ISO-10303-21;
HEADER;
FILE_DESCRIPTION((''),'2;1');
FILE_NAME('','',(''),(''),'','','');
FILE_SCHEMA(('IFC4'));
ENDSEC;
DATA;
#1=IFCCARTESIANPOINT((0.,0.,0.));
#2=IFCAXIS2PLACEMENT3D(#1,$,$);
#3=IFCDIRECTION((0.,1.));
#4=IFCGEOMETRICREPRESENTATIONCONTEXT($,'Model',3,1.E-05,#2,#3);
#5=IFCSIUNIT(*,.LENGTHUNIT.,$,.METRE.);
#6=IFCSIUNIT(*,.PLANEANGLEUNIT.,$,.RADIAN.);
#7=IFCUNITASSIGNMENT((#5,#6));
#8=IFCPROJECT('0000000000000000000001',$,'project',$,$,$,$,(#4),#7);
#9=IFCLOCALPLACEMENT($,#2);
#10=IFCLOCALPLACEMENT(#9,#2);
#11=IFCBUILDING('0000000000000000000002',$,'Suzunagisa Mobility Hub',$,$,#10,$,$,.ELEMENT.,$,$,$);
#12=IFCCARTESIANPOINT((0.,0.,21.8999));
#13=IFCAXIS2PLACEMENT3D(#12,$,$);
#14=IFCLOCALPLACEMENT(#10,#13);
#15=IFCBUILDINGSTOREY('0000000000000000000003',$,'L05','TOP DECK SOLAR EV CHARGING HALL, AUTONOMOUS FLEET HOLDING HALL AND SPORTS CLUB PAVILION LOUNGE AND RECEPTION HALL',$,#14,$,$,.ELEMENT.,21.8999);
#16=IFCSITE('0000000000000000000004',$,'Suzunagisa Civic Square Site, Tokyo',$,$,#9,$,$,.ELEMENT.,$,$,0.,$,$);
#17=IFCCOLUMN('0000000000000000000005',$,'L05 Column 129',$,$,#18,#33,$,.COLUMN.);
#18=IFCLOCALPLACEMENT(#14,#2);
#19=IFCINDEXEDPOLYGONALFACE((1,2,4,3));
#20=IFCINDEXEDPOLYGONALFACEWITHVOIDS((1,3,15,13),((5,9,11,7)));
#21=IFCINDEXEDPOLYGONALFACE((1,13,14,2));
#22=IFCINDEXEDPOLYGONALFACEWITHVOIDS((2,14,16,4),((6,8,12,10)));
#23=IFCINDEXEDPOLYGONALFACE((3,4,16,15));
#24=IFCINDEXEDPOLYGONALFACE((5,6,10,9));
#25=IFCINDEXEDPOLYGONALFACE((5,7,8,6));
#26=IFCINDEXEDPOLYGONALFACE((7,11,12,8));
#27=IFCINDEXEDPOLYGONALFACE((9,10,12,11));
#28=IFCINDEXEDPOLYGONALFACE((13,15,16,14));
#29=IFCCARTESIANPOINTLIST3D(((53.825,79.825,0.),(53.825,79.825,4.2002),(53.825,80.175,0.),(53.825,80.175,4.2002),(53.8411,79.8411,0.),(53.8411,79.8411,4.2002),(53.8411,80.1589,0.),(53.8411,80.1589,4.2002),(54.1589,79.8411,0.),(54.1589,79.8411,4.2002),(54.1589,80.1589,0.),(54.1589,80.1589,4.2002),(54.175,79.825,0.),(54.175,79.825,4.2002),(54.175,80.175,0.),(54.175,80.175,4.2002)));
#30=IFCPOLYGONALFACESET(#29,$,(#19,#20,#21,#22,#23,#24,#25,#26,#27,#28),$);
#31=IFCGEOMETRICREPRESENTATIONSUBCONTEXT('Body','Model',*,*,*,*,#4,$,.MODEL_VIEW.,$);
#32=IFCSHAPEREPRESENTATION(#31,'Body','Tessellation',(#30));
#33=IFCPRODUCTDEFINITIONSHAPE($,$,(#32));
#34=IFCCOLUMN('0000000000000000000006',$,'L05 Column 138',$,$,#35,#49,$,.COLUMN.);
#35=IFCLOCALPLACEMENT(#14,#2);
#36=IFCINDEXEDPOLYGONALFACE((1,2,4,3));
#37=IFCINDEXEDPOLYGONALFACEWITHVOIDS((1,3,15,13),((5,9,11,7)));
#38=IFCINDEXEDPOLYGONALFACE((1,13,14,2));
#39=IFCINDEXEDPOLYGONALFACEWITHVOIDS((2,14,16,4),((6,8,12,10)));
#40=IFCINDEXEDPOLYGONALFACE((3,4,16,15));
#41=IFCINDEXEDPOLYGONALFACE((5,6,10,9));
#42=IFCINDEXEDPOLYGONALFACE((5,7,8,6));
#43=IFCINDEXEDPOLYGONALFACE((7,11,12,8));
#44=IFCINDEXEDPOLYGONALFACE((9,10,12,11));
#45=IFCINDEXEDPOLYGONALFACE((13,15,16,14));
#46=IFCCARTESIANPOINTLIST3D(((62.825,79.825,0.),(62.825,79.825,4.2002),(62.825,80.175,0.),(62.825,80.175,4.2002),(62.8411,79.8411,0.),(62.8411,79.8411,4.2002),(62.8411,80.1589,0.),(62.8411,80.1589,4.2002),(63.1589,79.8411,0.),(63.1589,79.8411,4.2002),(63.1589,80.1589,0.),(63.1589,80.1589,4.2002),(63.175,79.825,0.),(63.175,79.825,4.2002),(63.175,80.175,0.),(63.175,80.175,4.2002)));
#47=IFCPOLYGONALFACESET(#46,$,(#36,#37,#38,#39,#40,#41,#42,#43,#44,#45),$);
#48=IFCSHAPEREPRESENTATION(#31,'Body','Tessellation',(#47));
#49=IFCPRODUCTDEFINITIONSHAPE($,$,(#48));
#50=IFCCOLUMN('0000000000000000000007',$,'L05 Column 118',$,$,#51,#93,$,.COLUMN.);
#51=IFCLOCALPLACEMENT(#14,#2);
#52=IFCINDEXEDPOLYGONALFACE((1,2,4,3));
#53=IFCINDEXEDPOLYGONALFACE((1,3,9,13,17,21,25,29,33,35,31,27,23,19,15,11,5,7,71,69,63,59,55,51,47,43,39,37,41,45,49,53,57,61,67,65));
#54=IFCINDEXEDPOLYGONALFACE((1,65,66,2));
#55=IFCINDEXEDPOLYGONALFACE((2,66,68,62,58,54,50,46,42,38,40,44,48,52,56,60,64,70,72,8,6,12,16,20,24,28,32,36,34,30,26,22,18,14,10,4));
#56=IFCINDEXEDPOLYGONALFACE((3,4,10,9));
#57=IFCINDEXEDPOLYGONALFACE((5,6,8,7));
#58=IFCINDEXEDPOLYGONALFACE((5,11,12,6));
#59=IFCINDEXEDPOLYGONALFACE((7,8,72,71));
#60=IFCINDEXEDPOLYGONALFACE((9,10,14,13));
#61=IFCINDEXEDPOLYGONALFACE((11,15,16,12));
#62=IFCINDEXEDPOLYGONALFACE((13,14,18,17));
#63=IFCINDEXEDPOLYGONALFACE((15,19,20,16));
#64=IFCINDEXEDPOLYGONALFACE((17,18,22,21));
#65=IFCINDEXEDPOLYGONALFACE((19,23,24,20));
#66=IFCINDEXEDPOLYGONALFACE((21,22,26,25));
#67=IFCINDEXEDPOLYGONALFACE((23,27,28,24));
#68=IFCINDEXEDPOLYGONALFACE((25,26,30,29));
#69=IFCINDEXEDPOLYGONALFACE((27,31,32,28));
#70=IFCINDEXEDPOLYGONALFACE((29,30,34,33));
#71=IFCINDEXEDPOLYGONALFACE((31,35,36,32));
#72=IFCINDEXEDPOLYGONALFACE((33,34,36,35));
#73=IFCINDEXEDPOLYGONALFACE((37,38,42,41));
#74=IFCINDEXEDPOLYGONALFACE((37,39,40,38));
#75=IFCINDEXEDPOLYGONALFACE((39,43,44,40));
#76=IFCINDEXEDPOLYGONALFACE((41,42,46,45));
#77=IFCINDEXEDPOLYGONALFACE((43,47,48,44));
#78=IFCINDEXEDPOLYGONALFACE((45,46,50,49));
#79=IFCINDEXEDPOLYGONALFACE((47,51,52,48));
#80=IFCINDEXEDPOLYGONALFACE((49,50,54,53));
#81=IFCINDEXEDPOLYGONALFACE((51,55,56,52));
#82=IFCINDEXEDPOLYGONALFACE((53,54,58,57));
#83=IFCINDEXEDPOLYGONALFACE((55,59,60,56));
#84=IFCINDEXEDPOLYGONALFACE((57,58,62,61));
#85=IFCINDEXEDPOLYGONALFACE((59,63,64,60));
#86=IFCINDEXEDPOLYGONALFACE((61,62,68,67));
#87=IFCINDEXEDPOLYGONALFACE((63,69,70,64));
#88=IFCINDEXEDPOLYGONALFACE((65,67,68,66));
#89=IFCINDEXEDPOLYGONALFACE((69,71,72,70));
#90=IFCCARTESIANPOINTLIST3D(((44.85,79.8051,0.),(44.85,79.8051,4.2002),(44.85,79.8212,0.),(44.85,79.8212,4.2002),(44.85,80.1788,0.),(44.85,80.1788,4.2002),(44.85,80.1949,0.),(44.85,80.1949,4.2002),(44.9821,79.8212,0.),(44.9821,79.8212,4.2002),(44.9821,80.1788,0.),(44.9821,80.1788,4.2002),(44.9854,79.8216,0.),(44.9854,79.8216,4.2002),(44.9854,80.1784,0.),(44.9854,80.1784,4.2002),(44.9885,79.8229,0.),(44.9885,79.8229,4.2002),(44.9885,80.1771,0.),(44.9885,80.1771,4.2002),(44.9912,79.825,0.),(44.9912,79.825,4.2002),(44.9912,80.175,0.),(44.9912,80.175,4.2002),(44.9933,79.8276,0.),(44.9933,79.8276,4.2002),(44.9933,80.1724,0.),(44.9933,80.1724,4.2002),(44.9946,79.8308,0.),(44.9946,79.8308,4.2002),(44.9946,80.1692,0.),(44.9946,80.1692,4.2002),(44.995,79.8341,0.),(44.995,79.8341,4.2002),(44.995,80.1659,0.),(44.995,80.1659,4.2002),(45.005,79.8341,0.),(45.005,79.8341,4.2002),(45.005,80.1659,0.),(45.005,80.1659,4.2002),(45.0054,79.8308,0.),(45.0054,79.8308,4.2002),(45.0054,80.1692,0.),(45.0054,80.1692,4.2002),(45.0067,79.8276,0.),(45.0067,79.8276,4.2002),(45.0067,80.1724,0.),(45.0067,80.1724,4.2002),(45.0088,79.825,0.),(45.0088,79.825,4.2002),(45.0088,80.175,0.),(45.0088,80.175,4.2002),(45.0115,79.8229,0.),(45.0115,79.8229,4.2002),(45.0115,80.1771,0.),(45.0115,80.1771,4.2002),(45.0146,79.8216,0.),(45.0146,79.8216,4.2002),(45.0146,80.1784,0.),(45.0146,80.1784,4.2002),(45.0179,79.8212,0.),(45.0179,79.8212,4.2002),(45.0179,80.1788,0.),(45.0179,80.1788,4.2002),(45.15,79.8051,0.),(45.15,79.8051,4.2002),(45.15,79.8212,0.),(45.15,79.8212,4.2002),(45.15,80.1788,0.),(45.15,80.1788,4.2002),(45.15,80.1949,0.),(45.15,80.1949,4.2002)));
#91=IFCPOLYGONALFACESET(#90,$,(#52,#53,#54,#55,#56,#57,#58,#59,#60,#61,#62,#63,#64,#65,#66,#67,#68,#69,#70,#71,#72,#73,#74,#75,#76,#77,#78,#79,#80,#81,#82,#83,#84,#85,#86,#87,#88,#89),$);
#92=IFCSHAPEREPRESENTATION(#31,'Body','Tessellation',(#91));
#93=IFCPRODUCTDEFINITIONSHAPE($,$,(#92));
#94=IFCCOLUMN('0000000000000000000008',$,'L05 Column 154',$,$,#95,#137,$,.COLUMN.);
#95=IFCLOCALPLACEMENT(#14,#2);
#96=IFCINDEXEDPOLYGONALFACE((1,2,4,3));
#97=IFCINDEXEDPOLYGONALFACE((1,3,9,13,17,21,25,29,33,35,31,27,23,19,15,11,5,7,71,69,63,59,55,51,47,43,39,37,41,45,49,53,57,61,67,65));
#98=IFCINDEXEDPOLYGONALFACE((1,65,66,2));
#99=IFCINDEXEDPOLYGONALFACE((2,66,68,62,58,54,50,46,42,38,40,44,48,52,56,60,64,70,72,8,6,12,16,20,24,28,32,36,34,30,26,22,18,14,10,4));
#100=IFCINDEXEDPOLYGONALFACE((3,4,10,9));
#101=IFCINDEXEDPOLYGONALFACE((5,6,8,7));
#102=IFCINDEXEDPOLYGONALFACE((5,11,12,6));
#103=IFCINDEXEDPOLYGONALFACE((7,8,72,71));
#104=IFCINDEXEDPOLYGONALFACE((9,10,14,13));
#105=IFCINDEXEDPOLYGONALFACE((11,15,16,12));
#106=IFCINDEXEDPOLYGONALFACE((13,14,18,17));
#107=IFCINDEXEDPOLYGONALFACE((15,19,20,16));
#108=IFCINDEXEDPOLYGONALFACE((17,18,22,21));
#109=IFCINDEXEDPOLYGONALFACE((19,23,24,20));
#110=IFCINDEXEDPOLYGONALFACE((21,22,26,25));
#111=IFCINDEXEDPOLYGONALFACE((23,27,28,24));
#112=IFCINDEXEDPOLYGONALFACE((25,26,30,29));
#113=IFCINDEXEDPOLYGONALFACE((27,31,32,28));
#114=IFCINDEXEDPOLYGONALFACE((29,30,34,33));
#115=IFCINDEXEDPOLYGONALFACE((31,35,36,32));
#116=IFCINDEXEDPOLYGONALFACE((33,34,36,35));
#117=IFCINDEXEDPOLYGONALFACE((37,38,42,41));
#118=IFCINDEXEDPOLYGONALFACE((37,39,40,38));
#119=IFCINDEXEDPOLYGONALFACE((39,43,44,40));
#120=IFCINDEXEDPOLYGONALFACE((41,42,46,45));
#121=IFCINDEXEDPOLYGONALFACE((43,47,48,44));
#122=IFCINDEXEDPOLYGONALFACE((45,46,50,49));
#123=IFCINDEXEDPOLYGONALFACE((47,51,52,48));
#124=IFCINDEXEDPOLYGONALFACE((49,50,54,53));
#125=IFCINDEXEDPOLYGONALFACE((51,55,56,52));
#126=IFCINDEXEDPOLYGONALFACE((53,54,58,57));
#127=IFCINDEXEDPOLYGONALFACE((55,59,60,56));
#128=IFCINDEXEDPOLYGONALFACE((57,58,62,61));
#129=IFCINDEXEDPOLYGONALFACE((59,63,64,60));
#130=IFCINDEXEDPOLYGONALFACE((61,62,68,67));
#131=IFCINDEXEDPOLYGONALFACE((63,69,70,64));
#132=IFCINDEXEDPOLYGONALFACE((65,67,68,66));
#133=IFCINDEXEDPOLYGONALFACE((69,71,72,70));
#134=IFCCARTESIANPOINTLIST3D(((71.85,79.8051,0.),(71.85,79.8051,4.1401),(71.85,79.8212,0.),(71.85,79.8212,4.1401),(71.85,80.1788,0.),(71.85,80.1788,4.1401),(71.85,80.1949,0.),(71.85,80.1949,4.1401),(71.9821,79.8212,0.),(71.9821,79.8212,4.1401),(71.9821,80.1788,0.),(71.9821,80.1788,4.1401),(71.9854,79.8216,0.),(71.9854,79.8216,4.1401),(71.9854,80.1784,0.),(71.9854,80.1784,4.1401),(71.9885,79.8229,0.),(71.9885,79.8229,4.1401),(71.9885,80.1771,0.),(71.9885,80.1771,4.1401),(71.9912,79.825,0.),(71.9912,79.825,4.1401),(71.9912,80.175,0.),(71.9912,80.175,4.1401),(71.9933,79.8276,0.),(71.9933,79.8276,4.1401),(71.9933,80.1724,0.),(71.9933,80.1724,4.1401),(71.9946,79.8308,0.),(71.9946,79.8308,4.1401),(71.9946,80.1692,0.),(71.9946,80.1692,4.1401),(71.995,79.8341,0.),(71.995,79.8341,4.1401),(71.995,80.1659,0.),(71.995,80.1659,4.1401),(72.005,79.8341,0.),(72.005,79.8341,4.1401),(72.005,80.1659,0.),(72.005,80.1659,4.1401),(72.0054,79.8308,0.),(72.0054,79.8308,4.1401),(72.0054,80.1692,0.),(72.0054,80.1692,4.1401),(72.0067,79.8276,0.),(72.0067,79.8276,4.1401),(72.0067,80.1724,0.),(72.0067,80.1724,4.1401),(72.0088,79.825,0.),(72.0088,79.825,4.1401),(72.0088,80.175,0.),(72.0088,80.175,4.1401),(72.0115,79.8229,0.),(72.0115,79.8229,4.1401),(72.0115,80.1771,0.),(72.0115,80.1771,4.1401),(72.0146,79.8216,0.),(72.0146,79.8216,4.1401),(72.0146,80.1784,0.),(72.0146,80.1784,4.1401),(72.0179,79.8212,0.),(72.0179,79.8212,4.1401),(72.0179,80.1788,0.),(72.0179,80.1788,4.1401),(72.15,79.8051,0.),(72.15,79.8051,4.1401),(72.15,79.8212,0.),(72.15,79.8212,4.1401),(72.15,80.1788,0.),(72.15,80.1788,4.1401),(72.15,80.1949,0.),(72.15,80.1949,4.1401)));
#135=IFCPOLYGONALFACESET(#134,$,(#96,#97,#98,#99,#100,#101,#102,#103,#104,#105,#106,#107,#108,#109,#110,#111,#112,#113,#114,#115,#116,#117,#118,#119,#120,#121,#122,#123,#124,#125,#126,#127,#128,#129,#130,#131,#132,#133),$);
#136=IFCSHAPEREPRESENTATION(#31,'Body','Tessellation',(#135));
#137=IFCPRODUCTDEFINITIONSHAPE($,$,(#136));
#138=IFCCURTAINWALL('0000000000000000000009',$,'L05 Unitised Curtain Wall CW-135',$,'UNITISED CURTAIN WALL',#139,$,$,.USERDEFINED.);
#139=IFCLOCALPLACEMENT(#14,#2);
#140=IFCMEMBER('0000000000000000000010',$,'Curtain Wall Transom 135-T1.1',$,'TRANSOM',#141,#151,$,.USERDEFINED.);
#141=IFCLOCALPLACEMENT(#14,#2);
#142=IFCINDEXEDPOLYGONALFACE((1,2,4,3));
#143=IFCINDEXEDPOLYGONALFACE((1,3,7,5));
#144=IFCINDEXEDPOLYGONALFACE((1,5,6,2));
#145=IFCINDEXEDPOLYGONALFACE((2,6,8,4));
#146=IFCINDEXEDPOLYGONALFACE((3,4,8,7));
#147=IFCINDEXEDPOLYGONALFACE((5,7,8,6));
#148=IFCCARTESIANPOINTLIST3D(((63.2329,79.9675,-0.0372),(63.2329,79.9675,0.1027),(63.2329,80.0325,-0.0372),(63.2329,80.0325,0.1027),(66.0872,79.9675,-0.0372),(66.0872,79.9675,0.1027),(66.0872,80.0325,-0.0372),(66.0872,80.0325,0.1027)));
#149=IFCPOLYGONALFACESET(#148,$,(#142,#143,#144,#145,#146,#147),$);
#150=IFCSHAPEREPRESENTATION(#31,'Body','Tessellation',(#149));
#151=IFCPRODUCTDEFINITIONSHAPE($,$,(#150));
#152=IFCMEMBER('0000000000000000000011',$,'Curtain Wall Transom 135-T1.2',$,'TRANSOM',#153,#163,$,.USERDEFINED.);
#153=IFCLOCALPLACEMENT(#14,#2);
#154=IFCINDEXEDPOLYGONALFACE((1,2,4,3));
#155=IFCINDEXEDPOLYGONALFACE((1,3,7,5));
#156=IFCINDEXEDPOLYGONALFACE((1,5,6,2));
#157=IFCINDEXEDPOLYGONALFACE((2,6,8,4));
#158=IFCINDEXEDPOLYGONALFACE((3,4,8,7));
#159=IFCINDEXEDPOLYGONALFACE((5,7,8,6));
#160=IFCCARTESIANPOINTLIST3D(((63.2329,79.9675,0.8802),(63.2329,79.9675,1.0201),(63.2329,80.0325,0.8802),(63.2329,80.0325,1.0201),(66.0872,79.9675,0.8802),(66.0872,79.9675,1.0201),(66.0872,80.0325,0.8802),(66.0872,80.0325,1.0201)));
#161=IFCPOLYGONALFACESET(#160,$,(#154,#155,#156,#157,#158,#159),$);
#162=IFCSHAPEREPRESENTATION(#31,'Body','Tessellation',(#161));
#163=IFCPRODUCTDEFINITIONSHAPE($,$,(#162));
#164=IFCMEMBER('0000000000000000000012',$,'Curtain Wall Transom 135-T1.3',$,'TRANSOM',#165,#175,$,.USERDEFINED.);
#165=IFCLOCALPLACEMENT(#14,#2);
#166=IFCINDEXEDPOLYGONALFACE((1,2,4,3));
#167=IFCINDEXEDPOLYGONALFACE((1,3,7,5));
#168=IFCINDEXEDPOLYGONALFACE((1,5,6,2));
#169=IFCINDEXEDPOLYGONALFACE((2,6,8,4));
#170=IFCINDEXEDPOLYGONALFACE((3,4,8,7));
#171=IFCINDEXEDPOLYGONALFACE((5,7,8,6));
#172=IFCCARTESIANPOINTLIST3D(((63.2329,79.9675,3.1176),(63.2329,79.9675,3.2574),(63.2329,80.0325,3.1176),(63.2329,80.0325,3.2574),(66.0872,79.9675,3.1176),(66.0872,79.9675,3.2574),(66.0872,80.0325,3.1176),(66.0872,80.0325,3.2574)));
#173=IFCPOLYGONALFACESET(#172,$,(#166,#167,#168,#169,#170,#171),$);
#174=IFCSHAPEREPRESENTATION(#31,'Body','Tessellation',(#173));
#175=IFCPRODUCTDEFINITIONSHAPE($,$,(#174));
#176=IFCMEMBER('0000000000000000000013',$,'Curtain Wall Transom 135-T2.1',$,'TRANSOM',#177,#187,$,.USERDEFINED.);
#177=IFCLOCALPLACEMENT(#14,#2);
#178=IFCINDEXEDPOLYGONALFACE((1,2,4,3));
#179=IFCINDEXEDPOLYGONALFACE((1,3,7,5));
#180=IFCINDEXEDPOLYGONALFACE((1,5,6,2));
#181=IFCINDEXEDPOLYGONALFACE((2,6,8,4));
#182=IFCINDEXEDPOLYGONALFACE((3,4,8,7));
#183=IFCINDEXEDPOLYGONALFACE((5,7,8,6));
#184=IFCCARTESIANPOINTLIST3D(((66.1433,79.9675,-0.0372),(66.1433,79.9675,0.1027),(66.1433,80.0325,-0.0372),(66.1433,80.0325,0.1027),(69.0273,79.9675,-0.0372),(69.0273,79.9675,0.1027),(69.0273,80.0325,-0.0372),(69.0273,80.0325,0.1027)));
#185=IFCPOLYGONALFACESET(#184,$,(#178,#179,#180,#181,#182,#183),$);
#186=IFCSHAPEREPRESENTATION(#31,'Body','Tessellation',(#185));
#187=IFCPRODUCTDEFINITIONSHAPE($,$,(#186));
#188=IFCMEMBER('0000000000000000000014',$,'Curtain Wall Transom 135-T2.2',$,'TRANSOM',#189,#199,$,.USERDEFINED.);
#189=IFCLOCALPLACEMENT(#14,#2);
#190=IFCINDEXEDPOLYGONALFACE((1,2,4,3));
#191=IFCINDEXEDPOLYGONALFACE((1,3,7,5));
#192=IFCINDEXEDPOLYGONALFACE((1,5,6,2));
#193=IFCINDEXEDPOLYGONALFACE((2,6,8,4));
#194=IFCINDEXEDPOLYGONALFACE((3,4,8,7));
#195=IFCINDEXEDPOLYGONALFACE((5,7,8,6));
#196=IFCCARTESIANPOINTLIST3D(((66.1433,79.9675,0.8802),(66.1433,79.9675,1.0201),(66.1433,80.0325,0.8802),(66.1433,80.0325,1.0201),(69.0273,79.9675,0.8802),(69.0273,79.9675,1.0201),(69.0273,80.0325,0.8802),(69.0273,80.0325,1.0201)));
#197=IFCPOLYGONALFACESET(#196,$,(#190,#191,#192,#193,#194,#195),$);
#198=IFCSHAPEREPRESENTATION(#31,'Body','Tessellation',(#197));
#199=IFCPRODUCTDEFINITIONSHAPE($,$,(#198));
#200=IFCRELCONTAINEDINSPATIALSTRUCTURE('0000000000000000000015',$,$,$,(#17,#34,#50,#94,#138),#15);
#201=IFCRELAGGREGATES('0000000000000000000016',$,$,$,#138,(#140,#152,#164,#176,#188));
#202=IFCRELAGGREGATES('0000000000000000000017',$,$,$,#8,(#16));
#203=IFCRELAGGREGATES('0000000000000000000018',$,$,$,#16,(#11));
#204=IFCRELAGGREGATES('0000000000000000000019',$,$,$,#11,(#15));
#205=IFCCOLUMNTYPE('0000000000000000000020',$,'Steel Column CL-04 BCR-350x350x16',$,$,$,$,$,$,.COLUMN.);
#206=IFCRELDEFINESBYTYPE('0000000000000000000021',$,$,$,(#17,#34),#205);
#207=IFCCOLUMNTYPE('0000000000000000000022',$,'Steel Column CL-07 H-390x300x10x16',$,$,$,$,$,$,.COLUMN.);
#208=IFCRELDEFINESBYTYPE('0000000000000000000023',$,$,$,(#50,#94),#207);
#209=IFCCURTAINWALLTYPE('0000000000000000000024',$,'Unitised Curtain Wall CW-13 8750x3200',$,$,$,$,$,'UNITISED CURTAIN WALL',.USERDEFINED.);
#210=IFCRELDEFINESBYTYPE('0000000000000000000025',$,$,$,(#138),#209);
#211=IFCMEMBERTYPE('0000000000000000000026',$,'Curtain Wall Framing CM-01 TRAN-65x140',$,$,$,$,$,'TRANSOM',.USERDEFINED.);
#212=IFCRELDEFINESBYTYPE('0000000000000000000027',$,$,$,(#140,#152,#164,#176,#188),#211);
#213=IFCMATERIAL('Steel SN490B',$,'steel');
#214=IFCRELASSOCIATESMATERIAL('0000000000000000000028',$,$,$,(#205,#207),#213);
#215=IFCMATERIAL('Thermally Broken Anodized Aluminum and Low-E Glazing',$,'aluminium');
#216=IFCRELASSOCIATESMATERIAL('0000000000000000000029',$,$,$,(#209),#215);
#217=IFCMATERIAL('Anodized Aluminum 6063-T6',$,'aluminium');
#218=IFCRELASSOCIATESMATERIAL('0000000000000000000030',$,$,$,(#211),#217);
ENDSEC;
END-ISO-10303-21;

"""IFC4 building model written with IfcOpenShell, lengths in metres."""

from ifc_helpers import new_model, si_unit, direction, frame, origin, origin_2d, place, context, subcontext, project, spatial, rectangle, hollow_rectangle, i_section, extrude, material, material_profile, profile_set, type_object, element, aggregate, save


model = new_model("IFC4")

# Units and contexts
model_context = context("Model", 3, precision=1e-05, world=origin(), true_north=direction((0.0, 1.0)))
body_context = subcontext(model_context, "Body", "Model", "MODEL_VIEW")
ifc_project = project(units=[si_unit("LENGTHUNIT", "METRE"), si_unit("PLANEANGLEUNIT", "RADIAN")], contexts=[model_context])

# Site, building, storey
site_placement = place(None, origin())
site = spatial("IfcSite", under=ifc_project, at=site_placement, Name="Suzunagisa Civic Square Site, Tokyo", CompositionType="ELEMENT", RefElevation=0.0)
building_placement = place(site_placement, origin())
building = spatial("IfcBuilding", under=site, at=building_placement, Name="Suzunagisa Mobility Hub", CompositionType="ELEMENT")
storey_placement = place(building_placement, frame((0.0, 0.0, 21.8999)))
storey = spatial("IfcBuildingStorey", under=building, at=storey_placement, Name="L05", Description="TOP DECK SOLAR EV CHARGING HALL, AUTONOMOUS FLEET HOLDING HALL AND SPORTS CLUB PAVILION LOUNGE AND RECEPTION HALL", CompositionType="ELEMENT", Elevation=21.8999)

# Columns
ifc_material_1 = material(Name="Steel SN490B", Category="steel")
ifc_material_profile_1 = material_profile(ifc_material_1, hollow_rectangle(XDim=0.3501, YDim=0.3501, WallThickness=0.0161, at=origin_2d()), Name="BCR-350x350x16")
ifc_profile_set_1 = profile_set([ifc_material_profile_1], Name="Steel SN490B")
column_type_1 = type_object("IfcColumnType", Name="Steel Column CL-04 BCR-350x350x16", PredefinedType="COLUMN", material=ifc_profile_set_1)
for number, where, z_axis, x_axis, name in (
    (1, (54.0, 80.0, 0.0), (0.0, 0.0, 1.0), (1.0, 0.0, 0.0), "L05 Column 129"),
    (2, (63.0, 80.0, 0.0), (0.0, 0.0, 1.0), (1.0, 0.0, 0.0), "L05 Column 138"),
):
    element("IfcColumn", number, at=place(storey_placement, frame(where, z_axis=z_axis, x_axis=x_axis)), inside=storey, type_object=column_type_1, Name=name, PredefinedType="COLUMN", context=body_context, shape_type="SweptSolid", body=[
        extrude(hollow_rectangle(XDim=0.3501, YDim=0.3501, WallThickness=0.0161, at=origin_2d()), origin(), (0.0, 0.0, 1.0), 4.2002),
    ])
ifc_material_profile_2 = material_profile(ifc_material_1, i_section(OverallWidth=0.3, OverallDepth=0.3899, WebThickness=0.01, FlangeThickness=0.0161, FilletRadius=0.0129, at=origin_2d()), Name="H-390x300x10x16")
ifc_profile_set_2 = profile_set([ifc_material_profile_2], Name="Steel SN490B")
column_type_2 = type_object("IfcColumnType", Name="Steel Column CL-07 H-390x300x10x16", PredefinedType="COLUMN", material=ifc_profile_set_2)
column_1_placement = place(storey_placement, frame((45.0, 80.0, 0.0), z_axis=(0.0, 0.0, 1.0), x_axis=(1.0, 0.0, 0.0)))
element("IfcColumn", 3, at=column_1_placement, inside=storey, type_object=column_type_2, Name="L05 Column 118", PredefinedType="COLUMN", context=body_context, shape_type="SweptSolid", body=[
    extrude(i_section(OverallWidth=0.3, OverallDepth=0.3899, WebThickness=0.01, FlangeThickness=0.0161, FilletRadius=0.0129, at=origin_2d()), origin(), (0.0, 0.0, 1.0), 4.2002),
])
column_2_placement = place(storey_placement, frame((72.0, 80.0, 0.0), z_axis=(0.0, 0.0, 1.0), x_axis=(1.0, 0.0, 0.0)))
element("IfcColumn", 4, at=column_2_placement, inside=storey, type_object=column_type_2, Name="L05 Column 154", PredefinedType="COLUMN", context=body_context, shape_type="SweptSolid", body=[
    extrude(i_section(OverallWidth=0.3, OverallDepth=0.3899, WebThickness=0.01, FlangeThickness=0.0161, FilletRadius=0.0129, at=origin_2d()), origin(), (0.0, 0.0, 1.0), 4.1401),
])

# Curtain wall, members
ifc_material_2 = material(Name="Thermally Broken Anodized Aluminum and Low-E Glazing", Category="aluminium")
curtain_wall_type = type_object("IfcCurtainWallType", Name="Unitised Curtain Wall CW-13 8750x3200", ElementType="UNITISED CURTAIN WALL", PredefinedType="USERDEFINED", material=ifc_material_2)
curtain_wall_placement = place(storey_placement, origin())
curtain_wall = element("IfcCurtainWall", 5, at=curtain_wall_placement, inside=storey, type_object=curtain_wall_type, Name="L05 Unitised Curtain Wall CW-135", ObjectType="UNITISED CURTAIN WALL", PredefinedType="USERDEFINED")
ifc_material_3 = material(Name="Anodized Aluminum 6063-T6", Category="aluminium")
ifc_material_profile_3 = material_profile(ifc_material_3, rectangle(XDim=0.0649, YDim=0.1399, at=origin_2d()), Name="TRAN-65x140")
ifc_profile_set_3 = profile_set([ifc_material_profile_3], Name="Anodized Aluminum 6063-T6")
member_type_1 = type_object("IfcMemberType", Name="Curtain Wall Framing CM-01 TRAN-65x140", ElementType="TRANSOM", PredefinedType="USERDEFINED", material=ifc_profile_set_3)
member_1_placement = place(storey_placement, frame((63.2329, 80.0, 0.0327), z_axis=(1.0, 0.0, 0.0), x_axis=(0.0, 1.0, 0.0)))
member_1 = element("IfcMember", 6, at=member_1_placement, type_object=member_type_1, Name="Curtain Wall Transom 135-T1.1", ObjectType="TRANSOM", PredefinedType="USERDEFINED", context=body_context, shape_type="SweptSolid", body=[
    extrude(rectangle(XDim=0.0649, YDim=0.1399, at=origin_2d()), origin(), (0.0, 0.0, 1.0), 2.8542),
])
member_2_placement = place(storey_placement, frame((63.2329, 80.0, 0.9502), z_axis=(1.0, 0.0, 0.0), x_axis=(0.0, 1.0, 0.0)))
member_2 = element("IfcMember", 7, at=member_2_placement, type_object=member_type_1, Name="Curtain Wall Transom 135-T1.2", ObjectType="TRANSOM", PredefinedType="USERDEFINED", context=body_context, shape_type="SweptSolid", body=[
    extrude(rectangle(XDim=0.0649, YDim=0.1399, at=origin_2d()), origin(), (0.0, 0.0, 1.0), 2.8542),
])
member_3_placement = place(storey_placement, frame((63.2329, 80.0, 3.1875), z_axis=(1.0, 0.0, 0.0), x_axis=(0.0, 1.0, 0.0)))
member_3 = element("IfcMember", 8, at=member_3_placement, type_object=member_type_1, Name="Curtain Wall Transom 135-T1.3", ObjectType="TRANSOM", PredefinedType="USERDEFINED", context=body_context, shape_type="SweptSolid", body=[
    extrude(rectangle(XDim=0.0649, YDim=0.1399, at=origin_2d()), origin(), (0.0, 0.0, 1.0), 2.8542),
])
member_4_placement = place(storey_placement, frame((66.1433, 80.0, 0.0327), z_axis=(1.0, 0.0, 0.0), x_axis=(0.0, 1.0, 0.0)))
member_4 = element("IfcMember", 9, at=member_4_placement, type_object=member_type_1, Name="Curtain Wall Transom 135-T2.1", ObjectType="TRANSOM", PredefinedType="USERDEFINED", context=body_context, shape_type="SweptSolid", body=[
    extrude(rectangle(XDim=0.0649, YDim=0.1399, at=origin_2d()), origin(), (0.0, 0.0, 1.0), 2.884),
])
member_5_placement = place(storey_placement, frame((66.1433, 80.0, 0.9502), z_axis=(1.0, 0.0, 0.0), x_axis=(0.0, 1.0, 0.0)))
member_5 = element("IfcMember", 10, at=member_5_placement, type_object=member_type_1, Name="Curtain Wall Transom 135-T2.2", ObjectType="TRANSOM", PredefinedType="USERDEFINED", context=body_context, shape_type="SweptSolid", body=[
    extrude(rectangle(XDim=0.0649, YDim=0.1399, at=origin_2d()), origin(), (0.0, 0.0, 1.0), 2.884),
])

aggregate(curtain_wall, [member_1, member_2, member_3, member_4, member_5])

save(model, "model.ifc")
